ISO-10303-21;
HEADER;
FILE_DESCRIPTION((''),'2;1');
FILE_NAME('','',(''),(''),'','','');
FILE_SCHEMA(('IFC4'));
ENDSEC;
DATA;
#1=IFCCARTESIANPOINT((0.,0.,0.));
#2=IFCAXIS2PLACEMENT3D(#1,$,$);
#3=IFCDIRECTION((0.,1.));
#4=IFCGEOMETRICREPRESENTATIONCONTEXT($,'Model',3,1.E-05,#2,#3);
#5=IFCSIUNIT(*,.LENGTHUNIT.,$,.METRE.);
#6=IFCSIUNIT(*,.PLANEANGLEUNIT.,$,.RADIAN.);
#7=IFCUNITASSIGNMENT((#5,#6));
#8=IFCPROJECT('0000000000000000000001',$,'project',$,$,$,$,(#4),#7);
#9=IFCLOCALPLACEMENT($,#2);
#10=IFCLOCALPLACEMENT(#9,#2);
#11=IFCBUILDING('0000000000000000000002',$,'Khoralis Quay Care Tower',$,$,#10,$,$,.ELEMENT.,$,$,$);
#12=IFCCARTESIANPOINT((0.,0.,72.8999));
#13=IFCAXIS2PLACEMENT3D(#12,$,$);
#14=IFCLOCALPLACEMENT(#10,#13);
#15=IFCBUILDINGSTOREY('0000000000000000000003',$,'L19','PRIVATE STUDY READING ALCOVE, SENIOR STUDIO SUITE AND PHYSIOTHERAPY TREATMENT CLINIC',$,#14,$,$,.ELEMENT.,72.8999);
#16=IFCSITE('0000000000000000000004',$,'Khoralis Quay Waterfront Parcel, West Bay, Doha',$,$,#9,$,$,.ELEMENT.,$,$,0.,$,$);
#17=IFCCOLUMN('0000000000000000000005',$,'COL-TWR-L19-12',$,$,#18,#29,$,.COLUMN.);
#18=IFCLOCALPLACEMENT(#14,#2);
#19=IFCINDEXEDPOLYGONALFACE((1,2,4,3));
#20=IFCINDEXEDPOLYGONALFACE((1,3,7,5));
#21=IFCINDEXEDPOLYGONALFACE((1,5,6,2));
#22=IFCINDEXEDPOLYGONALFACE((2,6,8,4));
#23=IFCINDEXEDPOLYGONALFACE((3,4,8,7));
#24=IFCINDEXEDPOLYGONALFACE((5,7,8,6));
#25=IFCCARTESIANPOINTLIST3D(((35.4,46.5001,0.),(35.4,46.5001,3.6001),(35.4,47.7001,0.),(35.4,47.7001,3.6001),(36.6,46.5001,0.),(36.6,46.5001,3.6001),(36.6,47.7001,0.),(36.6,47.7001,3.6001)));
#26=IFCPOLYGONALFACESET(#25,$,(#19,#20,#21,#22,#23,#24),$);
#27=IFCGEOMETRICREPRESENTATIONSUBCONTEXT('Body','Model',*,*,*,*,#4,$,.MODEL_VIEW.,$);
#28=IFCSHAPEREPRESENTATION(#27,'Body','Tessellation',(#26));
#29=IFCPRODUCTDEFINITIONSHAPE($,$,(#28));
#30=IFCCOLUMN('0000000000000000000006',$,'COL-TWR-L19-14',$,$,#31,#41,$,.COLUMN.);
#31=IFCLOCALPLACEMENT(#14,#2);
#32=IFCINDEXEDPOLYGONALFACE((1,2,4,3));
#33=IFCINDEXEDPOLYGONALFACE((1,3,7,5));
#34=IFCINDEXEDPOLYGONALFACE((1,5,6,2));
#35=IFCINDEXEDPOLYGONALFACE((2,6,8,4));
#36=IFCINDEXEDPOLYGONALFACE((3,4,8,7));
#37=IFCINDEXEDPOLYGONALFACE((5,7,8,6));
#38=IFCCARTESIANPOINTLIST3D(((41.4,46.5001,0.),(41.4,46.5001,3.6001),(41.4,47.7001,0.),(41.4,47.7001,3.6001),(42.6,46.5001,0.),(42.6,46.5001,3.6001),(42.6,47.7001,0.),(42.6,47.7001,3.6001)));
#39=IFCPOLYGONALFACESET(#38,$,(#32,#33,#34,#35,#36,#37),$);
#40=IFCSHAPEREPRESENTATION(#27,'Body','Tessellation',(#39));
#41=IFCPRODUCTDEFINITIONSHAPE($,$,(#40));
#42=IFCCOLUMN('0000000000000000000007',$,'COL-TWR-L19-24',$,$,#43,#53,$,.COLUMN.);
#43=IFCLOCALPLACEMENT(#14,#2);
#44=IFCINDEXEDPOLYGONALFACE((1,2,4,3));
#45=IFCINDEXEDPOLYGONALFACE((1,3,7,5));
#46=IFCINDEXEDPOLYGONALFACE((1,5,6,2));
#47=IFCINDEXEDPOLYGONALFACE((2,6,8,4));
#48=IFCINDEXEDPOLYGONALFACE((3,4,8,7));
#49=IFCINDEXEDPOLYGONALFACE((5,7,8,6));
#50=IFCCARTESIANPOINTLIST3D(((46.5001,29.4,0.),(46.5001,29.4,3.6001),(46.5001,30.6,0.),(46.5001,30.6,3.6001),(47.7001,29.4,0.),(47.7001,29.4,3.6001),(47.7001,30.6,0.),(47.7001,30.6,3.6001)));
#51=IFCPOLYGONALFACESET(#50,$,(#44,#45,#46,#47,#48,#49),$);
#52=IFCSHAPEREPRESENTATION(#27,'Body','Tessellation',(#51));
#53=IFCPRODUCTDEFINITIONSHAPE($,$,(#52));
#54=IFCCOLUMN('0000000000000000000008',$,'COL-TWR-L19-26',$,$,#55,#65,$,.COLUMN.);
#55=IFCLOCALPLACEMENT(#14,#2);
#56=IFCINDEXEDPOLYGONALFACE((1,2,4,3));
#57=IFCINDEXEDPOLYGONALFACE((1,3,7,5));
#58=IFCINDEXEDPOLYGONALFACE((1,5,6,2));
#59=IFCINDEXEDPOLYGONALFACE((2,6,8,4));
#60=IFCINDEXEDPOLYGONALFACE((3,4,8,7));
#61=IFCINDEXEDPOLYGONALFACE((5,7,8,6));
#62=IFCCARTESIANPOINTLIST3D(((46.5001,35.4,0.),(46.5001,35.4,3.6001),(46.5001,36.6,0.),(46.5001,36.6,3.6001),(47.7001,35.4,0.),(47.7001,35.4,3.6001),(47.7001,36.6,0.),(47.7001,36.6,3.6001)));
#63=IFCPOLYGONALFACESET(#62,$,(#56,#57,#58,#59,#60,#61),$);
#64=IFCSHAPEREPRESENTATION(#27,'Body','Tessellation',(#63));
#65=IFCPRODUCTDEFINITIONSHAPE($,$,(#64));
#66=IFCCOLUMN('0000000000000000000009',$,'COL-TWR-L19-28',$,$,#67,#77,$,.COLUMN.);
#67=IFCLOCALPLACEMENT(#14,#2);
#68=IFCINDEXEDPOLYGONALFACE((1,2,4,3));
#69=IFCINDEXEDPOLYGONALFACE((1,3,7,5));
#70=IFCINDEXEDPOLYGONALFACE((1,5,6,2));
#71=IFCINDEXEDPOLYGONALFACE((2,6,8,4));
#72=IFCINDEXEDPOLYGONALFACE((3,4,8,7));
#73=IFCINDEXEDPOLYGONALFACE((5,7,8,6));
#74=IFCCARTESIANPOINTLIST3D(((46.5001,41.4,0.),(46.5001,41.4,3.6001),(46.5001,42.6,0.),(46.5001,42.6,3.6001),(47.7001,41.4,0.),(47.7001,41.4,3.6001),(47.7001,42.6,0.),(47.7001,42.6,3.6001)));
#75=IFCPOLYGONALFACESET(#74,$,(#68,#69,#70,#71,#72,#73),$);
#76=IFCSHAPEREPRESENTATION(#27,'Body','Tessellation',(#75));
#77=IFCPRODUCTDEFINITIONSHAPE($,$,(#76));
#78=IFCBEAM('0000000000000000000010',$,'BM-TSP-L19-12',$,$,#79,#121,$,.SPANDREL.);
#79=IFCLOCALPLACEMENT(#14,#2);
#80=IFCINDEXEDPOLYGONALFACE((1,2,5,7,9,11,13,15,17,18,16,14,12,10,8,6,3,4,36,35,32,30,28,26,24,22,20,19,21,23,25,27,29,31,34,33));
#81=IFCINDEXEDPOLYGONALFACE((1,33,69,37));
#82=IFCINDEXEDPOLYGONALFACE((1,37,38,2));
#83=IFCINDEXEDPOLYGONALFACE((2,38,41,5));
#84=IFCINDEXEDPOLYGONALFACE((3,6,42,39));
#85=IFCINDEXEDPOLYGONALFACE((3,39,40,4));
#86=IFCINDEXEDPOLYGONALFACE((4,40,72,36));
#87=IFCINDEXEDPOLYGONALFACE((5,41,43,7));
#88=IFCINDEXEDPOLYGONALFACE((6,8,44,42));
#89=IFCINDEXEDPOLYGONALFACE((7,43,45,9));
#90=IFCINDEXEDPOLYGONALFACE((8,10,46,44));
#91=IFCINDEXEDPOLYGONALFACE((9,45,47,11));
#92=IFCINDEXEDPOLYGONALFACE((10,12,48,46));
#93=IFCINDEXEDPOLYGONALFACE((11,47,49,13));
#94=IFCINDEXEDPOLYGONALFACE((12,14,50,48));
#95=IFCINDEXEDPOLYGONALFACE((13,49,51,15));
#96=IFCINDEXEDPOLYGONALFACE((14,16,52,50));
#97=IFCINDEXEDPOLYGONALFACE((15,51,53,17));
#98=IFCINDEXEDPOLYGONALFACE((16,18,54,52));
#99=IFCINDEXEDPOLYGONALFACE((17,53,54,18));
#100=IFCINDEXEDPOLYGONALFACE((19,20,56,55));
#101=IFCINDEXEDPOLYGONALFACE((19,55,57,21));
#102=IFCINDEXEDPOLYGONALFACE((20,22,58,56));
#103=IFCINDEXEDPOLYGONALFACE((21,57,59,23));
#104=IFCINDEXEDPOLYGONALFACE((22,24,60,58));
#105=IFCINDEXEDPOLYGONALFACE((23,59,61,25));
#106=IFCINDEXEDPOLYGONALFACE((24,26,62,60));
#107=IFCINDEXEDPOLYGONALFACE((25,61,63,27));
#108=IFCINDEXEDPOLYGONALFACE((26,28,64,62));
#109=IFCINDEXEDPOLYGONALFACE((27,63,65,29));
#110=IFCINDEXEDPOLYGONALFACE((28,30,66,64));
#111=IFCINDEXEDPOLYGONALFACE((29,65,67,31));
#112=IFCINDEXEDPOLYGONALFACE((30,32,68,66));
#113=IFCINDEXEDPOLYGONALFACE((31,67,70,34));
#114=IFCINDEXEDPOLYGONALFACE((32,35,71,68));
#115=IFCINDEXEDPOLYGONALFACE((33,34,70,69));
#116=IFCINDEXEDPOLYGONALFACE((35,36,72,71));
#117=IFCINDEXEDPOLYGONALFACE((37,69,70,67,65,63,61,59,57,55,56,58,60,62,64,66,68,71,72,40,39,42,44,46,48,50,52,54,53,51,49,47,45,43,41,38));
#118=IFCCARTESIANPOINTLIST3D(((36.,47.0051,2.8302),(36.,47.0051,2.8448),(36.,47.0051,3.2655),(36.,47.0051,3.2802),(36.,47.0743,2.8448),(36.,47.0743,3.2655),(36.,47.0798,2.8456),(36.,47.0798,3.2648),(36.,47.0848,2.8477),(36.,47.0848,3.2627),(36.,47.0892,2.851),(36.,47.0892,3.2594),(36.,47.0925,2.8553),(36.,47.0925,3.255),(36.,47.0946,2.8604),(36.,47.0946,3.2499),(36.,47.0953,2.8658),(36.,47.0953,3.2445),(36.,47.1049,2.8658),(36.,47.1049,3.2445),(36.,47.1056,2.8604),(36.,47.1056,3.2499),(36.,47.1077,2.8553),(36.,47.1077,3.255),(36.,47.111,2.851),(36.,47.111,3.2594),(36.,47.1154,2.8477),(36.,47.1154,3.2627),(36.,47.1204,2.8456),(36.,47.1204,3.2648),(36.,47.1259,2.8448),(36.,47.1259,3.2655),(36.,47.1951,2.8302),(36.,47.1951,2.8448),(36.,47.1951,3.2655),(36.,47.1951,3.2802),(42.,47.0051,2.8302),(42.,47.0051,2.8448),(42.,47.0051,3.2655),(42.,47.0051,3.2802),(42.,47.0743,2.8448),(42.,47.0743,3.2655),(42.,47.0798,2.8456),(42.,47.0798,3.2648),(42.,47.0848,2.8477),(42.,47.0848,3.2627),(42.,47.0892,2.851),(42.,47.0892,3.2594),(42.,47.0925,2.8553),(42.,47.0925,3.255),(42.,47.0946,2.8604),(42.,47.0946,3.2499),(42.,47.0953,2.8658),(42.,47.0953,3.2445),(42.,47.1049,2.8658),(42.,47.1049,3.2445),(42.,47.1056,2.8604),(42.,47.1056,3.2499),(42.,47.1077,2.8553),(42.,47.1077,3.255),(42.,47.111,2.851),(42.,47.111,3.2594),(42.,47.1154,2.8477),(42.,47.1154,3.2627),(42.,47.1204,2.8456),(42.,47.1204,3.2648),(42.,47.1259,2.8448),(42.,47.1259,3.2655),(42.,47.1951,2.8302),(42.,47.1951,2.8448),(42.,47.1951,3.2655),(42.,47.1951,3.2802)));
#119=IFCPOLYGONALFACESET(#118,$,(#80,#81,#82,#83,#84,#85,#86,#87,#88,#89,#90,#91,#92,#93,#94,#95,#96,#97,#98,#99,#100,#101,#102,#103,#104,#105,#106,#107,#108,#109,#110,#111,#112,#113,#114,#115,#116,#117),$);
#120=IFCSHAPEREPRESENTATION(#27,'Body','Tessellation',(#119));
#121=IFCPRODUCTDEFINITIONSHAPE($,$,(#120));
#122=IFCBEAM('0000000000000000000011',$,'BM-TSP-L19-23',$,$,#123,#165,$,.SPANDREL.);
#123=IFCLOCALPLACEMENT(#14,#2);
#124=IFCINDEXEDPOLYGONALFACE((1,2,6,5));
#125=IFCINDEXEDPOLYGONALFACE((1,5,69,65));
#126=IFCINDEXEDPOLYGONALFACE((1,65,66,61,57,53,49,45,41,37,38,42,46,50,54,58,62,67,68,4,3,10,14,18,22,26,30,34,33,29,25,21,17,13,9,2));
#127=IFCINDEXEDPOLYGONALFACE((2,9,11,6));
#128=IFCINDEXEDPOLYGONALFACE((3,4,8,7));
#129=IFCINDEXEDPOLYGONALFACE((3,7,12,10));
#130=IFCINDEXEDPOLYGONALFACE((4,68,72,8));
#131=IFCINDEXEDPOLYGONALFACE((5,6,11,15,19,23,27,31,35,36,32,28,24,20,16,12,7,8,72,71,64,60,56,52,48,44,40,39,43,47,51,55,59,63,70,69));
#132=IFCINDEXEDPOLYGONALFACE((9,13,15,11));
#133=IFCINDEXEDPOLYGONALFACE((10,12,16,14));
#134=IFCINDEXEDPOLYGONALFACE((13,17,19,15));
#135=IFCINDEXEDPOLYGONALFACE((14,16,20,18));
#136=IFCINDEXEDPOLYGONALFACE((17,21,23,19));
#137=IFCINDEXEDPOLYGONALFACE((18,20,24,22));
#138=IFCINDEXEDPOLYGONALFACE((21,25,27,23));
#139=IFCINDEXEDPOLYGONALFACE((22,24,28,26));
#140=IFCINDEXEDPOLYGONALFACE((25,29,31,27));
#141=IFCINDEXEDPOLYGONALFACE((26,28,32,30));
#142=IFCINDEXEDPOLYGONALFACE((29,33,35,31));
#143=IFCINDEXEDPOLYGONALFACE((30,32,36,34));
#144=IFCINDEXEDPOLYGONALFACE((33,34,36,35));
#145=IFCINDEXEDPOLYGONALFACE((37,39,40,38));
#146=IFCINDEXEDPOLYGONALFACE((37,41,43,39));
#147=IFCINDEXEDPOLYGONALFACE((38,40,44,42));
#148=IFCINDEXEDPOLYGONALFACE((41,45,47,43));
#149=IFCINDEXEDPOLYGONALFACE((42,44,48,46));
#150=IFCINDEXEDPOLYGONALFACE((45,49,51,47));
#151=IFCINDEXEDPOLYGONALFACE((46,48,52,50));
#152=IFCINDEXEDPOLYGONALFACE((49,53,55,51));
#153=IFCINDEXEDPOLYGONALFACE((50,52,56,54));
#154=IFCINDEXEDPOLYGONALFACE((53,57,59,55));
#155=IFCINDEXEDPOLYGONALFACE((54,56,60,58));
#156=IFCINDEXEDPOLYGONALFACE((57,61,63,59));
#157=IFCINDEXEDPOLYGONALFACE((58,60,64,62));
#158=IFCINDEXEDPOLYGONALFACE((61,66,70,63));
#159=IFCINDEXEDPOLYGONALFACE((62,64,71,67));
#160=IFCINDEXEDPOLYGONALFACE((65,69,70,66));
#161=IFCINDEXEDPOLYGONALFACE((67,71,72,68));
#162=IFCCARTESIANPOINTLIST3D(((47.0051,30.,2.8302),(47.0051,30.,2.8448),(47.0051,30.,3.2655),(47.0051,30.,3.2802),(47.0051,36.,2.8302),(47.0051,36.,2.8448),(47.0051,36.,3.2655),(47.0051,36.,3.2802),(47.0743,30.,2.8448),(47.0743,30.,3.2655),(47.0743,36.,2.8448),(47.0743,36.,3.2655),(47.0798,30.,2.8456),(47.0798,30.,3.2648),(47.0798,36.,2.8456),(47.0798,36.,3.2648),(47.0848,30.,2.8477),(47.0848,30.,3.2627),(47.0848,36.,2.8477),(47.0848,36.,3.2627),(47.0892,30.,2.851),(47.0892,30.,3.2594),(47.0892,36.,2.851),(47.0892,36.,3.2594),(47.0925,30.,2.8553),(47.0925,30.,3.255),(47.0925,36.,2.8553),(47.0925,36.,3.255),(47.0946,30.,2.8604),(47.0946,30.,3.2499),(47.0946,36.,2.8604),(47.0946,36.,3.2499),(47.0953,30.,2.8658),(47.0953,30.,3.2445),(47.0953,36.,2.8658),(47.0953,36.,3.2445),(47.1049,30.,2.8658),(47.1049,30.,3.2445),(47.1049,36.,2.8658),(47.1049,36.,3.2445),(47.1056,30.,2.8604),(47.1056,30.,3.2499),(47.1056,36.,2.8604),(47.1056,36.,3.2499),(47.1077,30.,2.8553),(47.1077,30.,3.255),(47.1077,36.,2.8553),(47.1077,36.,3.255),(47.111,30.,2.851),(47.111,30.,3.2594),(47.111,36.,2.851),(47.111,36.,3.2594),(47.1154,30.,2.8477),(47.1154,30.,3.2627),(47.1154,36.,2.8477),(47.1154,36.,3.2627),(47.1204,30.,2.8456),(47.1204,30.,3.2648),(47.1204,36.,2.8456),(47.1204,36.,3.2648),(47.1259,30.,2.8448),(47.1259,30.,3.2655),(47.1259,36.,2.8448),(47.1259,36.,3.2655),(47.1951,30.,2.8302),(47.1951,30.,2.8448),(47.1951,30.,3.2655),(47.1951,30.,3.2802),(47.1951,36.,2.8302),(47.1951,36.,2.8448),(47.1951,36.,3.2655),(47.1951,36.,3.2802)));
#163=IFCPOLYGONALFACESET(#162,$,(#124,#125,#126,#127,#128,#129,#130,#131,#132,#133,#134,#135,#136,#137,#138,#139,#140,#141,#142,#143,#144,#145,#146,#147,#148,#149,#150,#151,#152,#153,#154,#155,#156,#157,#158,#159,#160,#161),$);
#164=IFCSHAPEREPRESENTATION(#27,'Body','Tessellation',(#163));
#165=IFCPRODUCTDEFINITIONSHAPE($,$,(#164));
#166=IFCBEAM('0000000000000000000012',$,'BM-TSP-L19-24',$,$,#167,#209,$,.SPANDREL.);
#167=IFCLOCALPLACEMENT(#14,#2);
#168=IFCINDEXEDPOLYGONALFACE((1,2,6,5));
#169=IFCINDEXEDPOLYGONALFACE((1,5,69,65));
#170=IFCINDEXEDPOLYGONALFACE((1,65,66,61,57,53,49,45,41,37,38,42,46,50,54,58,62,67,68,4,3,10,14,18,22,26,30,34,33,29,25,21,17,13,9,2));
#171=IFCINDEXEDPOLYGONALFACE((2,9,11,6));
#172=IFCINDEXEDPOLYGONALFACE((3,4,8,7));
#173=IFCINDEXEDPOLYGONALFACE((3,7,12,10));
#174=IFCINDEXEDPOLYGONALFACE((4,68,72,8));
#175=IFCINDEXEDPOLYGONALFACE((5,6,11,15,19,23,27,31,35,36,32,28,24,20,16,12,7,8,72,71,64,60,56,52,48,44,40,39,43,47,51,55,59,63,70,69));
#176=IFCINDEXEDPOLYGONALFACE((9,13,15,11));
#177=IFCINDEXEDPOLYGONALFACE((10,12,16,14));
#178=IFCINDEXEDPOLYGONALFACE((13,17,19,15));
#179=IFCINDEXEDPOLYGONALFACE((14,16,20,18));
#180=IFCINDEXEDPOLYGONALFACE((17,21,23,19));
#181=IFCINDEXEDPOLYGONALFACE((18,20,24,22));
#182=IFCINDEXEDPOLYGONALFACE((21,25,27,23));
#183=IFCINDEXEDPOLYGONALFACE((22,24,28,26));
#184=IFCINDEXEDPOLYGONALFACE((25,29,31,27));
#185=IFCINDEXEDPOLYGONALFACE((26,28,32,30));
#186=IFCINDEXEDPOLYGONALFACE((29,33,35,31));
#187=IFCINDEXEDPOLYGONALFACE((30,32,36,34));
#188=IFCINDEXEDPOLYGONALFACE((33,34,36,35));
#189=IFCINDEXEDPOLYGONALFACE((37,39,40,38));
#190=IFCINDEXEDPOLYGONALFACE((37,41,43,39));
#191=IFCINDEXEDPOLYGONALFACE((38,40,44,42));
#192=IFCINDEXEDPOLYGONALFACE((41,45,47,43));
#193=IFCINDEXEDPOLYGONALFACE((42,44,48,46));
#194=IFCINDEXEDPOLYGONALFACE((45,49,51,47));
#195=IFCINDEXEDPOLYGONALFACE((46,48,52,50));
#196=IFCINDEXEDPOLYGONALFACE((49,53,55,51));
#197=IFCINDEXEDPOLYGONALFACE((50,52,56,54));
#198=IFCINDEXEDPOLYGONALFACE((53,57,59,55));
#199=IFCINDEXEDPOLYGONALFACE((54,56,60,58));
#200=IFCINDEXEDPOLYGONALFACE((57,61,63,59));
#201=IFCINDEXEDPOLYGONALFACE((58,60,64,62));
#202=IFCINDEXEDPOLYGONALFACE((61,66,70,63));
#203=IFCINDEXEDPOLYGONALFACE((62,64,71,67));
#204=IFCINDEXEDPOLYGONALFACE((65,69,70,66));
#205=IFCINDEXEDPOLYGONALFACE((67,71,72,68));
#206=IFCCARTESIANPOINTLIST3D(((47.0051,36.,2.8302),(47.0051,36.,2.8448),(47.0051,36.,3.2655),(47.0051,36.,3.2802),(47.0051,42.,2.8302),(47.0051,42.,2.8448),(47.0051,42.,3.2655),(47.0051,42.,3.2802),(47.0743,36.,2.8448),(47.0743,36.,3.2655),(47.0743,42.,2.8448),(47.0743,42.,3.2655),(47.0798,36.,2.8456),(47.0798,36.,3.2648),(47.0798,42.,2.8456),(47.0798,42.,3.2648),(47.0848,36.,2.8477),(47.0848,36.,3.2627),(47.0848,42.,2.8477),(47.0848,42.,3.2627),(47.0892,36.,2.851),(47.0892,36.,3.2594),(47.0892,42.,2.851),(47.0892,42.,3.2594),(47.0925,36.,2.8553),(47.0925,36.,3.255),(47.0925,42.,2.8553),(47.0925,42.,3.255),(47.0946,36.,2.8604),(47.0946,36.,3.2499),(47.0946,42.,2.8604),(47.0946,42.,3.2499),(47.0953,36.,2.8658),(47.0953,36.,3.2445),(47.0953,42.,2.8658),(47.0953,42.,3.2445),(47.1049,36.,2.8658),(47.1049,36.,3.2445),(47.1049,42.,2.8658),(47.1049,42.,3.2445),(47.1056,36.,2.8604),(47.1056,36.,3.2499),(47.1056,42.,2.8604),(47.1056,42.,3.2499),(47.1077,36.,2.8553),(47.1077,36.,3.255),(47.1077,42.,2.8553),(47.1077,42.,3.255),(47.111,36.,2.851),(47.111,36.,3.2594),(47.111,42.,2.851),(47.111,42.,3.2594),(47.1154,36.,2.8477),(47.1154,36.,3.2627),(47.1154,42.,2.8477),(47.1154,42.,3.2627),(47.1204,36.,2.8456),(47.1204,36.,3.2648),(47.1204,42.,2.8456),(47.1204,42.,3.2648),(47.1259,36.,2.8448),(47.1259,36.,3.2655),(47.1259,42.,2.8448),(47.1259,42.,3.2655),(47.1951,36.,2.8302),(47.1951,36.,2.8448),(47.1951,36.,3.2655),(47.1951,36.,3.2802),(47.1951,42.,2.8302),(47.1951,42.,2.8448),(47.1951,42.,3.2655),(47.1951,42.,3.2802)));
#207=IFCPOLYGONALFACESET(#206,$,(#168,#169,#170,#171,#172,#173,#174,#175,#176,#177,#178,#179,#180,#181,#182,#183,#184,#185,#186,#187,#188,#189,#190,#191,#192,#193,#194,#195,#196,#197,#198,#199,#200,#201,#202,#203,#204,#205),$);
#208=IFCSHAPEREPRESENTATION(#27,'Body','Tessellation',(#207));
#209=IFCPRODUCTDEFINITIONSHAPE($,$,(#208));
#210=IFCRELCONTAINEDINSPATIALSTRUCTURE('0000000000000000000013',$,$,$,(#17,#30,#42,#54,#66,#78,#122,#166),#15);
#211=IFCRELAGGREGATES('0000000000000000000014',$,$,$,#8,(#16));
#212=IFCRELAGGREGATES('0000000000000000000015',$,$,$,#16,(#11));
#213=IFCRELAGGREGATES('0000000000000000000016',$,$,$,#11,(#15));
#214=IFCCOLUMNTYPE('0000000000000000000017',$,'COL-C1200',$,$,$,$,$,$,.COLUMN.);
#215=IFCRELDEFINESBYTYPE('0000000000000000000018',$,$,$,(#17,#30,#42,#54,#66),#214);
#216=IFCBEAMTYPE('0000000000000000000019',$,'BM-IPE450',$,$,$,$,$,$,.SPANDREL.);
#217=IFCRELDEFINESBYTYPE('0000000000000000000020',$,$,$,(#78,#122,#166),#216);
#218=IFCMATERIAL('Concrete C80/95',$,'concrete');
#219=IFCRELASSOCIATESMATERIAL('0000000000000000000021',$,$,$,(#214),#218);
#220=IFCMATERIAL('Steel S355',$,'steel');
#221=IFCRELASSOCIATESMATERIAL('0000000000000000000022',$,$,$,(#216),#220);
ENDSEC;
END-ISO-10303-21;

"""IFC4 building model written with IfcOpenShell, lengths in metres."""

from ifc_helpers import new_model, si_unit, direction, frame, origin, origin_2d, place, context, subcontext, project, spatial, rectangle, i_section, extrude, source, transform, mapped, material, material_profile, profile_set, type_object, element, save


model = new_model("IFC4")

# Units and contexts
model_context = context("Model", 3, precision=1e-05, world=origin(), true_north=direction((0.0, 1.0)))
body_context = subcontext(model_context, "Body", "Model", "MODEL_VIEW")
ifc_project = project(units=[si_unit("LENGTHUNIT", "METRE"), si_unit("PLANEANGLEUNIT", "RADIAN")], contexts=[model_context])

# Site, building, storey
site_placement = place(None, origin())
site = spatial("IfcSite", under=ifc_project, at=site_placement, Name="Khoralis Quay Waterfront Parcel, West Bay, Doha", CompositionType="ELEMENT", RefElevation=0.0)
building_placement = place(site_placement, origin())
building = spatial("IfcBuilding", under=site, at=building_placement, Name="Khoralis Quay Care Tower", CompositionType="ELEMENT")
storey_placement = place(building_placement, frame((0.0, 0.0, 72.8999)))
storey = spatial("IfcBuildingStorey", under=building, at=storey_placement, Name="L19", Description="PRIVATE STUDY READING ALCOVE, SENIOR STUDIO SUITE AND PHYSIOTHERAPY TREATMENT CLINIC", CompositionType="ELEMENT", Elevation=72.8999)

# Columns
ifc_material_1 = material(Name="Concrete C80/95", Category="concrete")
ifc_material_profile_1 = material_profile(ifc_material_1, rectangle(XDim=1.2, YDim=1.2, at=origin_2d()), Name="Concrete C80/95")
ifc_profile_set_1 = profile_set([ifc_material_profile_1], Name="Concrete C80/95")
column_type = type_object("IfcColumnType", Name="COL-C1200", PredefinedType="COLUMN", material=ifc_profile_set_1)
shared_shape_1 = source(origin(), body_context, "Body", "SweptSolid", [
    extrude(rectangle(XDim=1.2, YDim=1.2, at=origin_2d()), origin(), (0.0, 0.0, 1.0), 3.6001),
])
for number, where, z_axis, x_axis, name in (
    (1, (36.0, 47.1001, 0.0), (0.0, 0.0, 1.0), (1.0, 0.0, 0.0), "COL-TWR-L19-12"),
    (2, (42.0, 47.1001, 0.0), (0.0, 0.0, 1.0), (1.0, 0.0, 0.0), "COL-TWR-L19-14"),
    (3, (47.1001, 30.0, 0.0), (0.0, 0.0, 1.0), (1.0, 0.0, 0.0), "COL-TWR-L19-24"),
    (4, (47.1001, 36.0, 0.0), (0.0, 0.0, 1.0), (1.0, 0.0, 0.0), "COL-TWR-L19-26"),
    (5, (47.1001, 42.0, 0.0), (0.0, 0.0, 1.0), (1.0, 0.0, 0.0), "COL-TWR-L19-28"),
):
    element("IfcColumn", number, at=place(storey_placement, frame(where, z_axis=z_axis, x_axis=x_axis)), inside=storey, type_object=column_type, Name=name, PredefinedType="COLUMN", context=body_context, shape_type="MappedRepresentation", body=[
        mapped(shared_shape_1, transform((0.0, 0.0, 0.0), scale=1.0)),
    ])

# Beams
ifc_material_2 = material(Name="Steel S355", Category="steel")
ifc_material_profile_2 = material_profile(ifc_material_2, i_section(OverallWidth=0.1899, OverallDepth=0.45, WebThickness=0.0095, FlangeThickness=0.0146, FilletRadius=0.021, at=origin_2d()), Name="Steel S355")
ifc_profile_set_2 = profile_set([ifc_material_profile_2], Name="Steel S355")
beam_type = type_object("IfcBeamType", Name="BM-IPE450", PredefinedType="SPANDREL", material=ifc_profile_set_2)
shared_shape_2 = source(origin(), body_context, "Body", "SweptSolid", [
    extrude(i_section(OverallWidth=0.1899, OverallDepth=0.45, WebThickness=0.0095, FlangeThickness=0.0146, FilletRadius=0.021, at=origin_2d()), origin(), (0.0, 0.0, 1.0), 6.0),
])
for number, where, z_axis, x_axis, name in (
    (6, (36.0, 47.1001, 3.0552), (1.0, 0.0, 0.0), (0.0, 1.0, 0.0), "BM-TSP-L19-12"),
    (7, (47.1001, 30.0, 3.0552), (0.0, 1.0, 0.0), (-1.0, 0.0, 0.0), "BM-TSP-L19-23"),
    (8, (47.1001, 36.0, 3.0552), (0.0, 1.0, 0.0), (-1.0, 0.0, 0.0), "BM-TSP-L19-24"),
):
    element("IfcBeam", number, at=place(storey_placement, frame(where, z_axis=z_axis, x_axis=x_axis)), inside=storey, type_object=beam_type, Name=name, PredefinedType="SPANDREL", context=body_context, shape_type="MappedRepresentation", body=[
        mapped(shared_shape_2, transform((0.0, 0.0, 0.0), scale=1.0)),
    ])

save(model, "model.ifc")
